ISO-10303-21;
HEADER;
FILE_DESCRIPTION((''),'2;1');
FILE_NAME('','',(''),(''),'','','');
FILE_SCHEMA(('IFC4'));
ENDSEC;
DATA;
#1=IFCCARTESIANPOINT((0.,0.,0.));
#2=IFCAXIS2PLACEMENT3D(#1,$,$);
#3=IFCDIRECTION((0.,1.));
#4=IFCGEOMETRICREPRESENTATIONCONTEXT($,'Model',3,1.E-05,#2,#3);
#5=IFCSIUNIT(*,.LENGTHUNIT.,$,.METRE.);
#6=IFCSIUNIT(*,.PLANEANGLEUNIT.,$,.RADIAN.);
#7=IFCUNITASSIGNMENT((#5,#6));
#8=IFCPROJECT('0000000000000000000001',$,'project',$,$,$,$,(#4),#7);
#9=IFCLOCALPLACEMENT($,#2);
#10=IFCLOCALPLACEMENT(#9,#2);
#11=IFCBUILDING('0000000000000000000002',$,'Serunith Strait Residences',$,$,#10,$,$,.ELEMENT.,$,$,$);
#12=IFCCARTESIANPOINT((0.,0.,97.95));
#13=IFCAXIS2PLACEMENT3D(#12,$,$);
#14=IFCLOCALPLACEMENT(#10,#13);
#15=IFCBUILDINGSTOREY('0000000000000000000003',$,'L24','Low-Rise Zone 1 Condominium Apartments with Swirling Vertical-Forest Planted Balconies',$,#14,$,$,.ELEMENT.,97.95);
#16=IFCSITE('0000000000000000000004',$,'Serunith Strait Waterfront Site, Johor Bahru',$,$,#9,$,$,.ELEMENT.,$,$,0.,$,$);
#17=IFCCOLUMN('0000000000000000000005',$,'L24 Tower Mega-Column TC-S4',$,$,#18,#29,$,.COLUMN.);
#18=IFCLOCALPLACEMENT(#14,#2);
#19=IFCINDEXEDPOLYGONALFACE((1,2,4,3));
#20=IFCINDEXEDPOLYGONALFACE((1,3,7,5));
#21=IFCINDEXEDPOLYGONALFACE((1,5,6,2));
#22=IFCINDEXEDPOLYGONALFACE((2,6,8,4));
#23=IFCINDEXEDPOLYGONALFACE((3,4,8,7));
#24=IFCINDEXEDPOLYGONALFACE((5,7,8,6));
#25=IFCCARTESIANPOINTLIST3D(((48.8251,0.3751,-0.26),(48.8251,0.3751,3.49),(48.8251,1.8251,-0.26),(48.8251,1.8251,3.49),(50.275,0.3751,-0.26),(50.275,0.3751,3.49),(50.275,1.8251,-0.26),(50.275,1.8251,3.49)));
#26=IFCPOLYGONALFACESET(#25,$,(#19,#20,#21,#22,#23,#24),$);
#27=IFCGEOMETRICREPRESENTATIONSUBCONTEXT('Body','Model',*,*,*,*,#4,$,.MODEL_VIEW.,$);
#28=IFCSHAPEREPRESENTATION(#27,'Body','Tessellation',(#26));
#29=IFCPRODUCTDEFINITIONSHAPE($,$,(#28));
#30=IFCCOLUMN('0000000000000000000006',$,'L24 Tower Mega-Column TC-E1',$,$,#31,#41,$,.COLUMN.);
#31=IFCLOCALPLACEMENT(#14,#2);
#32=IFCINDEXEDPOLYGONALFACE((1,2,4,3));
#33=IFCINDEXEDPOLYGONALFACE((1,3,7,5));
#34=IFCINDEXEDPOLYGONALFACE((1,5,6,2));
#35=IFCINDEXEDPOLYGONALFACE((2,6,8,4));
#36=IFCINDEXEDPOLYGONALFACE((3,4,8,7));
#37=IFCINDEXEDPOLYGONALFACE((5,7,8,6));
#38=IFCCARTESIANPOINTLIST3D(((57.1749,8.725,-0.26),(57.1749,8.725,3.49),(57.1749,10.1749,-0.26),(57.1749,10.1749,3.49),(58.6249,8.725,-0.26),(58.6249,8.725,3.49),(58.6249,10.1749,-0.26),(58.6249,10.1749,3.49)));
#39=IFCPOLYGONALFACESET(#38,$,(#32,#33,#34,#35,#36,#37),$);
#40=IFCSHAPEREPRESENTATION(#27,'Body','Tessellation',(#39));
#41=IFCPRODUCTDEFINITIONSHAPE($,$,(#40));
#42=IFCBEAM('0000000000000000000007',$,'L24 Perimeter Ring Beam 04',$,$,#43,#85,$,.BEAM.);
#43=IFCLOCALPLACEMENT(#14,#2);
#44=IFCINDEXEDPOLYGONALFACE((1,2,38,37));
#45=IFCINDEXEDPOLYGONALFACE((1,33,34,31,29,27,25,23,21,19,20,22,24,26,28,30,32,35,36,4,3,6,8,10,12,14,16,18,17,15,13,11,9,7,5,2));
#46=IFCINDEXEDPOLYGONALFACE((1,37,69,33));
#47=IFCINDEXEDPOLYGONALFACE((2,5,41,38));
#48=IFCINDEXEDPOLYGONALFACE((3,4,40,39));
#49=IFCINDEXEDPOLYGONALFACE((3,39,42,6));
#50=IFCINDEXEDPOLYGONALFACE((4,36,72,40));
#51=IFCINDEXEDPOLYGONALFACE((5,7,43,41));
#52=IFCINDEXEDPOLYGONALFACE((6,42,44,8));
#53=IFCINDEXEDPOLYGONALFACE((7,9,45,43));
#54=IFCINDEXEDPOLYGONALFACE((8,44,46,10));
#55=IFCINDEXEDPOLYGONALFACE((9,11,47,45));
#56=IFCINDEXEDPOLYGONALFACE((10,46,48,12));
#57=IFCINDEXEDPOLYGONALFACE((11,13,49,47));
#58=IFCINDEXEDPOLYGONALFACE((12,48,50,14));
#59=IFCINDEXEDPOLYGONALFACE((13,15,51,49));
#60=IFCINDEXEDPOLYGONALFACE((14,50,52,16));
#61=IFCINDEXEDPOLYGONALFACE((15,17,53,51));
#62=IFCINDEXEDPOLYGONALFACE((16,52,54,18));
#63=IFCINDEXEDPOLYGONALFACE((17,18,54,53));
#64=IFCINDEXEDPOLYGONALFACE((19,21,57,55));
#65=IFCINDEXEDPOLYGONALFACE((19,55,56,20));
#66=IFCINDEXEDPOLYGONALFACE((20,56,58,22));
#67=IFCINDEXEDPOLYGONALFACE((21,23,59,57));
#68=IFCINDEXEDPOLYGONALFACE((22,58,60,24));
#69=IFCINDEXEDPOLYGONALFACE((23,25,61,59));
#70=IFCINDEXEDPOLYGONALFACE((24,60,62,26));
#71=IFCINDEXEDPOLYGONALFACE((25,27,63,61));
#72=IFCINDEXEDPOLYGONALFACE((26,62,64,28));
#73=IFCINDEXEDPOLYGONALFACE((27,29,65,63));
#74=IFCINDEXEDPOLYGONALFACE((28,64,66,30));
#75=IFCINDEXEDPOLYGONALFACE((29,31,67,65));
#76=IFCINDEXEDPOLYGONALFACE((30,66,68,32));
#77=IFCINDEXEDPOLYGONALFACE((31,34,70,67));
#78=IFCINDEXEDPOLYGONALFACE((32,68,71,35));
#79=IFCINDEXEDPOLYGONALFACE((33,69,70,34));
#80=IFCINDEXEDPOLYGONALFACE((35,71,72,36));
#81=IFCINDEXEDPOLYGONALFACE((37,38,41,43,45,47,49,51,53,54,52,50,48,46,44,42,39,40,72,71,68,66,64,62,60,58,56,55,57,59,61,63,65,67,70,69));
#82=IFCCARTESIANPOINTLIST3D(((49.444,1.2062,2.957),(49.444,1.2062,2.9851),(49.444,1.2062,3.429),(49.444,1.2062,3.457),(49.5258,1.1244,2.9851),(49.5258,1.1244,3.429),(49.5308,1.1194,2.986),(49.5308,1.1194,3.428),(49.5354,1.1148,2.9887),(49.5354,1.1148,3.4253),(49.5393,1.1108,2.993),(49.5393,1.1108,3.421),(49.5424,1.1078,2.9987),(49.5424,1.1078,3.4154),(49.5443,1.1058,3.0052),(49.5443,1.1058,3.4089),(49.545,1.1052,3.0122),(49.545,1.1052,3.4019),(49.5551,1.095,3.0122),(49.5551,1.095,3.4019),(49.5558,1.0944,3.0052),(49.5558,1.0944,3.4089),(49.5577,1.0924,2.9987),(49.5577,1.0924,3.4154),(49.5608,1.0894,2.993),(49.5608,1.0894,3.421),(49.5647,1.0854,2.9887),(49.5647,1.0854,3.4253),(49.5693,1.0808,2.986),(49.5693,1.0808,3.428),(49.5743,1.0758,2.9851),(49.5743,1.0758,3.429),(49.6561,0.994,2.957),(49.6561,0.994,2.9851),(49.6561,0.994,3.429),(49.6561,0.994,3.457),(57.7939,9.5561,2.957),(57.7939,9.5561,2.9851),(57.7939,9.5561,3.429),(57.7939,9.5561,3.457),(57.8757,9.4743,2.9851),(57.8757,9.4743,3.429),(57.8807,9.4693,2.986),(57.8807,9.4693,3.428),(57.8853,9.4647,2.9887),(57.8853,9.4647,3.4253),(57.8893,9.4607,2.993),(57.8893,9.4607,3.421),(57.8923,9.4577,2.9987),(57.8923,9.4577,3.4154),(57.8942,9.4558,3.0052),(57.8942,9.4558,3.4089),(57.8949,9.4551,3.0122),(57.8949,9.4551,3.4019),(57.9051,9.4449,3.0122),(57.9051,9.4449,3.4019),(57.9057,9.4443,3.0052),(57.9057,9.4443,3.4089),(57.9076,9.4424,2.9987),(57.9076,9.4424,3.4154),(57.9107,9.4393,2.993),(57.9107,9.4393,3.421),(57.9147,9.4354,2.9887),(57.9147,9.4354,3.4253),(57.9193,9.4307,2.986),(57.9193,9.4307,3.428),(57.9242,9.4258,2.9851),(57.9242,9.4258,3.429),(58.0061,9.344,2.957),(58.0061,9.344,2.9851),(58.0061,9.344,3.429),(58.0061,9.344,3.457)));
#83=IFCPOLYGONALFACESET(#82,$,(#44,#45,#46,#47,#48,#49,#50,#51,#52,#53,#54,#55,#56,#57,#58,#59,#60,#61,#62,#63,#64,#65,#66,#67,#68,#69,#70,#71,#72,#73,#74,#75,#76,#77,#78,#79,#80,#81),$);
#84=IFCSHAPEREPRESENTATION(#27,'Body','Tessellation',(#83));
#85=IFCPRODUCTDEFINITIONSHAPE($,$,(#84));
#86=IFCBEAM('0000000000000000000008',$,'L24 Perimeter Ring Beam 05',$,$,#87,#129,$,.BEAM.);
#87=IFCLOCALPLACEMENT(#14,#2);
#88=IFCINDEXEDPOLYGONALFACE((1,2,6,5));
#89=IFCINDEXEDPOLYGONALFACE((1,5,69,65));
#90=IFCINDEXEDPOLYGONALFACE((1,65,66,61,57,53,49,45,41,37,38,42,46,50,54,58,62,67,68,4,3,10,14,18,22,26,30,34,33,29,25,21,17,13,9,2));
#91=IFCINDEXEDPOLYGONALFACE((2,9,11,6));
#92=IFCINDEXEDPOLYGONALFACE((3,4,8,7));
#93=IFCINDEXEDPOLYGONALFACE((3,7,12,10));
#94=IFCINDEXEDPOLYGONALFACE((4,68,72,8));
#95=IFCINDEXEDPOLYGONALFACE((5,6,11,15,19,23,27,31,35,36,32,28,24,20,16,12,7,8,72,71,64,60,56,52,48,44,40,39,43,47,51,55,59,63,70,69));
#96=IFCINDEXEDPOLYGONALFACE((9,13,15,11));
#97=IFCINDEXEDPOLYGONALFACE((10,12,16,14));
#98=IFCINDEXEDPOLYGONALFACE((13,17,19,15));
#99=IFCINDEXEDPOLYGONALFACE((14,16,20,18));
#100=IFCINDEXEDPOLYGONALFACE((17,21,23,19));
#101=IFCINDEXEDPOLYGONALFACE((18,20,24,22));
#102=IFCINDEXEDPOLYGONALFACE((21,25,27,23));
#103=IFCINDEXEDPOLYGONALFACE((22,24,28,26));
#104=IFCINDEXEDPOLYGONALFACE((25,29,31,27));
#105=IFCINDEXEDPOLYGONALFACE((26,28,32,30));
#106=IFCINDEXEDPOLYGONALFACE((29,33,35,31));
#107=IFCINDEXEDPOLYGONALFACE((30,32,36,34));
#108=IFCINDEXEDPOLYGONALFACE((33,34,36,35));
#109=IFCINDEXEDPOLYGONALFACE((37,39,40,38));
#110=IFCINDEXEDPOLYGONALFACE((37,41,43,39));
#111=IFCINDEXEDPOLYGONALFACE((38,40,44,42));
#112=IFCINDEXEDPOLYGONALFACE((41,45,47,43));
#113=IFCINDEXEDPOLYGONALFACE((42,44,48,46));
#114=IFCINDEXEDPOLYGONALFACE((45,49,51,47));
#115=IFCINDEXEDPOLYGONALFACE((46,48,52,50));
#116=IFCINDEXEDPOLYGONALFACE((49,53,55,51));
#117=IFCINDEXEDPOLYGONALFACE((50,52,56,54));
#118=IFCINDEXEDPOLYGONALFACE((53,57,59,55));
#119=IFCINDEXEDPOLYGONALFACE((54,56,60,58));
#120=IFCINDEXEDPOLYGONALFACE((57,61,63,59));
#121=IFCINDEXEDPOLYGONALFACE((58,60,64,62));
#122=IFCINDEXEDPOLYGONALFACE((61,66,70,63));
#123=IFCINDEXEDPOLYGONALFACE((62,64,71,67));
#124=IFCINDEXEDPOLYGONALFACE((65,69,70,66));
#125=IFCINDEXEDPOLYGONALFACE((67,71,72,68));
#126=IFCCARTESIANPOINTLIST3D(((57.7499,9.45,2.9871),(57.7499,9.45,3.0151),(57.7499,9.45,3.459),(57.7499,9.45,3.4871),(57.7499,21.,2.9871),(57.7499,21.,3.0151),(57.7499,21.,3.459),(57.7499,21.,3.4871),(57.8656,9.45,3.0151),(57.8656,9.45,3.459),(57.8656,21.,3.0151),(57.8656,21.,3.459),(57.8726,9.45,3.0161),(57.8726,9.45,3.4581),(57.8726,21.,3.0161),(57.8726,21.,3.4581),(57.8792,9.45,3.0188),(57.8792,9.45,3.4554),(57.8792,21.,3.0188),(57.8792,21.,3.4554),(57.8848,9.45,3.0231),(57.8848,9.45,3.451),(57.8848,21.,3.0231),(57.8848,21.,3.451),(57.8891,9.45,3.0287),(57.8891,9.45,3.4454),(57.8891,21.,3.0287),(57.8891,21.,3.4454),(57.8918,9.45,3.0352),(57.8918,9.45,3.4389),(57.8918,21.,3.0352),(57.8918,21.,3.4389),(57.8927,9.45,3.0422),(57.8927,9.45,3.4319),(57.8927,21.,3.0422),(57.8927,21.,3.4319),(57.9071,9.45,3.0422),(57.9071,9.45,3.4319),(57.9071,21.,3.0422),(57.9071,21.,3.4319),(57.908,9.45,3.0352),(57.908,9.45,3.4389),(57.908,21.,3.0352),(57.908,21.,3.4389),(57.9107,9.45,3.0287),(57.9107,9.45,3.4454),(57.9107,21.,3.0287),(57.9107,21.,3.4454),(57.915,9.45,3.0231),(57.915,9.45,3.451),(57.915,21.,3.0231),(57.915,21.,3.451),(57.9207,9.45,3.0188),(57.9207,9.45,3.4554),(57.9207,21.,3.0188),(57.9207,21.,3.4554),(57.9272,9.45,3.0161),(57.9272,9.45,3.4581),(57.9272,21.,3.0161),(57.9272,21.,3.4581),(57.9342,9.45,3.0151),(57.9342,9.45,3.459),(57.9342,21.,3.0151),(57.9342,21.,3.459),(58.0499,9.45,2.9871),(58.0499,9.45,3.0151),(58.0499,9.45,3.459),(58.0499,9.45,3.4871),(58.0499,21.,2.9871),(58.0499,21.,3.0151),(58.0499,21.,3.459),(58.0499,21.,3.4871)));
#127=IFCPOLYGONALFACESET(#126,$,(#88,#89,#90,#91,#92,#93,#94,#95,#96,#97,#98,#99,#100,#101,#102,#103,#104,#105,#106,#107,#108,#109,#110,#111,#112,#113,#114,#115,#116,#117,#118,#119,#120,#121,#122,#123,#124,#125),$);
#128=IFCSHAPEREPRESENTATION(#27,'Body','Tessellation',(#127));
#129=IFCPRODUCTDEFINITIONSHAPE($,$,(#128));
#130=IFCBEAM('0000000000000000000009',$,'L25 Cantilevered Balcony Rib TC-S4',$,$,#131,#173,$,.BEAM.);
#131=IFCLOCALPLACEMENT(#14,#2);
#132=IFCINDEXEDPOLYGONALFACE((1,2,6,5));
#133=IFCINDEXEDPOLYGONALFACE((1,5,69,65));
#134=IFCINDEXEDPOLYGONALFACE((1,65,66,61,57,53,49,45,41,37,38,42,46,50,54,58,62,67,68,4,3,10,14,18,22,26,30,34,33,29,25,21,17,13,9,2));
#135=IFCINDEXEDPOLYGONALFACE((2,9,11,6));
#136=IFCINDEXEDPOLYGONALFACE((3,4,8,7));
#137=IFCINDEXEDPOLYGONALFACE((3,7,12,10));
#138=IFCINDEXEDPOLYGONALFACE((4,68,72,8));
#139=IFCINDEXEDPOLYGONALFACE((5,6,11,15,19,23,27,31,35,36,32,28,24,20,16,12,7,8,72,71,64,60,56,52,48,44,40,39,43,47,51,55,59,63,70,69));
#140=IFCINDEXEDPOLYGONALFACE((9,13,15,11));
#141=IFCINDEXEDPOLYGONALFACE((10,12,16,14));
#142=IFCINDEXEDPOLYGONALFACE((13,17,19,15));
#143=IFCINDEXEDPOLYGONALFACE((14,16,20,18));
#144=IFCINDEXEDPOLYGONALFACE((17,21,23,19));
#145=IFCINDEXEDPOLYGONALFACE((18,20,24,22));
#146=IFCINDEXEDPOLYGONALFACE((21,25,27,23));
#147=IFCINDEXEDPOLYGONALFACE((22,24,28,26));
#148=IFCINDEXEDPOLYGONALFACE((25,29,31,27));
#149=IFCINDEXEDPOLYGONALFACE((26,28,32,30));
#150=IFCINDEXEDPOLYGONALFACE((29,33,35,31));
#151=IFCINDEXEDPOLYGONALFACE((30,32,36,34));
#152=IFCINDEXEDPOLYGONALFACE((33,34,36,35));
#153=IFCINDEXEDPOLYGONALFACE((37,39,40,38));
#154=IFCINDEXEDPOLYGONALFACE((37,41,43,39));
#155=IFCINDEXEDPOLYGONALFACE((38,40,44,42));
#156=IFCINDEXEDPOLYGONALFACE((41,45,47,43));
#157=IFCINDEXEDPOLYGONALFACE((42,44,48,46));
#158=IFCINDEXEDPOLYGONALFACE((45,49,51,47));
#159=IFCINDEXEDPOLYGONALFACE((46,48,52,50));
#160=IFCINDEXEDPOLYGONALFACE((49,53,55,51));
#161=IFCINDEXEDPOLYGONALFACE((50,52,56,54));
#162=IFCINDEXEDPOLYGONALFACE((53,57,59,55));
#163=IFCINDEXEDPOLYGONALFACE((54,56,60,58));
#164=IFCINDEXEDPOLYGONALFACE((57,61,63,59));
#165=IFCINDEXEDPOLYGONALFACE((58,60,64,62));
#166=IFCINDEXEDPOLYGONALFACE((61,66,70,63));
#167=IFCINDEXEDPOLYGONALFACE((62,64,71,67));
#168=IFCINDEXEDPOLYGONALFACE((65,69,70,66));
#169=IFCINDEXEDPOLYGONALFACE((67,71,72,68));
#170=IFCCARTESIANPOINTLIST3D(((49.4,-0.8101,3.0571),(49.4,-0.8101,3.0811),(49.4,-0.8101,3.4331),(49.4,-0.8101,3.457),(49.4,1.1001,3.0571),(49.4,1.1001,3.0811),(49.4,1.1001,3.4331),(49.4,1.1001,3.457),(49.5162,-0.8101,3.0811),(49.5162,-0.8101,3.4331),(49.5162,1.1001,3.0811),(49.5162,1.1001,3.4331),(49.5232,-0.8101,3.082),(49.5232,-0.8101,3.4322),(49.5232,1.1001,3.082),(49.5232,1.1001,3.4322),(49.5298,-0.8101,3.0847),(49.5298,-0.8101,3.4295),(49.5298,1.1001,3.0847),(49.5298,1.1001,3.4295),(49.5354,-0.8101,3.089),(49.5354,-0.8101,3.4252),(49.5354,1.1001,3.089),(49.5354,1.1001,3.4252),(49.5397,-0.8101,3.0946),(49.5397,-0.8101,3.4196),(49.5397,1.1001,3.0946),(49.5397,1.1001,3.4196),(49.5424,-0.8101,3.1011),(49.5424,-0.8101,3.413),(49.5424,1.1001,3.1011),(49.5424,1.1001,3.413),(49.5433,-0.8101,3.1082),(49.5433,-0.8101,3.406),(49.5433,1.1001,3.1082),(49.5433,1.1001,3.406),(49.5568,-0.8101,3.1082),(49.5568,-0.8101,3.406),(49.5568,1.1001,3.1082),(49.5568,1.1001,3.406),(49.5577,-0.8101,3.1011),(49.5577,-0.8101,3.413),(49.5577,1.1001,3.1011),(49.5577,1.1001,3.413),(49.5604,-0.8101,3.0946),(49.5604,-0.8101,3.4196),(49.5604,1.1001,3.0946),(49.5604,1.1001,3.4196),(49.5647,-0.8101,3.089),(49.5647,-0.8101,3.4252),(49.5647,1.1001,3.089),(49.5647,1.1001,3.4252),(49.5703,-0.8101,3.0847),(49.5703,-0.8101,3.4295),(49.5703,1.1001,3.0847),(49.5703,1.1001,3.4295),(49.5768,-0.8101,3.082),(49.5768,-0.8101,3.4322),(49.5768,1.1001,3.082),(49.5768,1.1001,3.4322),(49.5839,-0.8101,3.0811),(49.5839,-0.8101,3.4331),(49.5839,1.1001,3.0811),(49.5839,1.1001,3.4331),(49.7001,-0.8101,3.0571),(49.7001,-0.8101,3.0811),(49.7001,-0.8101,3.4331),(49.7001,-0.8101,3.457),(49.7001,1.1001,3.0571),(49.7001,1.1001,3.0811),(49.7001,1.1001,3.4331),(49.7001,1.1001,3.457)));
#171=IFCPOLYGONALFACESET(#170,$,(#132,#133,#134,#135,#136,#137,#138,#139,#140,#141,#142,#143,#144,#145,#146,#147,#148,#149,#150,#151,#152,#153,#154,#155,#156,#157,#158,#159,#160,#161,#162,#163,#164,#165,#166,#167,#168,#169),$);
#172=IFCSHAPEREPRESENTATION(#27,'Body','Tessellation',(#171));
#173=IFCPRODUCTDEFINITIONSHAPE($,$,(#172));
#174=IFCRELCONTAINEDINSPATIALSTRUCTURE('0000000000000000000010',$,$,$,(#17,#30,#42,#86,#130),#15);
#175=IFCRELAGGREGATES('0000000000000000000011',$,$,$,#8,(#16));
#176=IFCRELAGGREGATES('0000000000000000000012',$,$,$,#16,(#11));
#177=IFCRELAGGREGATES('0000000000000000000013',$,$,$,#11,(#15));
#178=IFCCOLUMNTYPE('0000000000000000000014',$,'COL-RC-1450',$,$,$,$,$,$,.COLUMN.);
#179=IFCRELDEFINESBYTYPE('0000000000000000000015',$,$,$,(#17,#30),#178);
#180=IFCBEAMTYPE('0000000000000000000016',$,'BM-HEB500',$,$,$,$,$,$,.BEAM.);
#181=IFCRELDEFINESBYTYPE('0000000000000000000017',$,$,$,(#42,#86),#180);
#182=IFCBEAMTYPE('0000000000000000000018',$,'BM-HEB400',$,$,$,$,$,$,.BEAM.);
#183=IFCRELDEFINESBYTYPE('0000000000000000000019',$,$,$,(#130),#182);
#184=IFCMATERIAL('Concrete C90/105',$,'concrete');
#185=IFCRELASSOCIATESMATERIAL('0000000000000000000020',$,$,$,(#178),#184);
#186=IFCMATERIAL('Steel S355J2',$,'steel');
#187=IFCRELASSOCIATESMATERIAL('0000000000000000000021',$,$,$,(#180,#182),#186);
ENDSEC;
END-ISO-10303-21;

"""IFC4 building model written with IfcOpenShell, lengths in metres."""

from ifc_helpers import new_model, si_unit, direction, frame, origin, origin_2d, place, context, subcontext, project, spatial, rectangle, i_section, extrude, source, transform, mapped, material, material_profile, profile_set, type_object, element, save


model = new_model("IFC4")

# Units and contexts
model_context = context("Model", 3, precision=1e-05, world=origin(), true_north=direction((0.0, 1.0)))
body_context = subcontext(model_context, "Body", "Model", "MODEL_VIEW")
ifc_project = project(units=[si_unit("LENGTHUNIT", "METRE"), si_unit("PLANEANGLEUNIT", "RADIAN")], contexts=[model_context])

# Site, building, storey
site_placement = place(None, origin())
site = spatial("IfcSite", under=ifc_project, at=site_placement, Name="Serunith Strait Waterfront Site, Johor Bahru", CompositionType="ELEMENT", RefElevation=0.0)
building_placement = place(site_placement, origin())
building = spatial("IfcBuilding", under=site, at=building_placement, Name="Serunith Strait Residences", CompositionType="ELEMENT")
storey_placement = place(building_placement, frame((0.0, 0.0, 97.95)))
storey = spatial("IfcBuildingStorey", under=building, at=storey_placement, Name="L24", Description="Low-Rise Zone 1 Condominium Apartments with Swirling Vertical-Forest Planted Balconies", CompositionType="ELEMENT", Elevation=97.95)

# Columns
ifc_material_1 = material(Name="Concrete C90/105", Category="concrete")
ifc_material_profile_1 = material_profile(ifc_material_1, rectangle(XDim=1.45, YDim=1.45, at=origin_2d()), Name="RC 1450x1450")
ifc_profile_set_1 = profile_set([ifc_material_profile_1], Name="Concrete C90/105")
column_type = type_object("IfcColumnType", Name="COL-RC-1450", PredefinedType="COLUMN", material=ifc_profile_set_1)
shared_shape_1 = source(origin(), body_context, "Body", "SweptSolid", [
    extrude(rectangle(XDim=1.45, YDim=1.45, at=origin_2d()), origin(), (0.0, 0.0, 1.0), 3.75),
])
for number, where, z_axis, x_axis, name in (
    (1, (49.55, 1.1001, -0.26), (0.0, 0.0, 1.0), (1.0, 0.0, 0.0), "L24 Tower Mega-Column TC-S4"),
    (2, (57.8999, 9.45, -0.26), (0.0, 0.0, 1.0), (1.0, 0.0, 0.0), "L24 Tower Mega-Column TC-E1"),
):
    element("IfcColumn", number, at=place(storey_placement, frame(where, z_axis=z_axis, x_axis=x_axis)), inside=storey, type_object=column_type, Name=name, PredefinedType="COLUMN", context=body_context, shape_type="MappedRepresentation", body=[
        mapped(shared_shape_1, transform((0.0, 0.0, 0.0), scale=1.0)),
    ])

# Beams
ifc_material_2 = material(Name="Steel S355J2", Category="steel")
ifc_material_profile_2 = material_profile(ifc_material_2, i_section(OverallWidth=0.3, OverallDepth=0.5, WebThickness=0.0144, FlangeThickness=0.0281, FilletRadius=0.0271, at=origin_2d()), Name="HEB 500")
ifc_profile_set_2 = profile_set([ifc_material_profile_2], Name="Steel S355J2")
beam_type_1 = type_object("IfcBeamType", Name="BM-HEB500", PredefinedType="BEAM", material=ifc_profile_set_2)
shared_shape_2 = source(origin(), body_context, "Body", "SweptSolid", [
    extrude(i_section(OverallWidth=0.3, OverallDepth=0.5, WebThickness=0.0144, FlangeThickness=0.0281, FilletRadius=0.0271, at=origin_2d()), origin(), (0.0, 0.0, 1.0), 11.8086),
])
beam_1_placement = place(storey_placement, frame((49.55, 1.1001, 3.207), z_axis=(0.707107, 0.707107, 0.0), x_axis=(-0.707107, 0.707107, 0.0)))
element("IfcBeam", 3, at=beam_1_placement, inside=storey, type_object=beam_type_1, Name="L24 Perimeter Ring Beam 04", PredefinedType="BEAM", context=body_context, shape_type="MappedRepresentation", body=[
    mapped(shared_shape_2, transform((0.0, 0.0, 0.0), scale=1.0)),
])
shared_shape_3 = source(origin(), body_context, "Body", "SweptSolid", [
    extrude(i_section(OverallWidth=0.3, OverallDepth=0.5, WebThickness=0.0144, FlangeThickness=0.0281, FilletRadius=0.0271, at=origin_2d()), origin(), (0.0, 0.0, 1.0), 11.55),
])
beam_2_placement = place(storey_placement, frame((57.8999, 9.45, 3.2371), z_axis=(0.0, 1.0, 0.0), x_axis=(-1.0, 0.0, 0.0)))
element("IfcBeam", 4, at=beam_2_placement, inside=storey, type_object=beam_type_1, Name="L24 Perimeter Ring Beam 05", PredefinedType="BEAM", context=body_context, shape_type="MappedRepresentation", body=[
    mapped(shared_shape_3, transform((0.0, 0.0, 0.0), scale=1.0)),
])
ifc_material_profile_3 = material_profile(ifc_material_2, i_section(OverallWidth=0.3, OverallDepth=0.3999, WebThickness=0.0134, FlangeThickness=0.0239, FilletRadius=0.0271, at=origin_2d()), Name="HEB 400")
ifc_profile_set_3 = profile_set([ifc_material_profile_3], Name="Steel S355J2")
beam_type_2 = type_object("IfcBeamType", Name="BM-HEB400", PredefinedType="BEAM", material=ifc_profile_set_3)
shared_shape_4 = source(origin(), body_context, "Body", "SweptSolid", [
    extrude(i_section(OverallWidth=0.3, OverallDepth=0.3999, WebThickness=0.0134, FlangeThickness=0.0239, FilletRadius=0.0271, at=origin_2d()), origin(), (0.0, 0.0, 1.0), 1.9102),
])
beam_3_placement = place(storey_placement, frame((49.55, 1.1001, 3.2571), z_axis=(0.0, -1.0, 0.0), x_axis=(1.0, 0.0, 0.0)))
element("IfcBeam", 5, at=beam_3_placement, inside=storey, type_object=beam_type_2, Name="L25 Cantilevered Balcony Rib TC-S4", PredefinedType="BEAM", context=body_context, shape_type="MappedRepresentation", body=[
    mapped(shared_shape_4, transform((0.0, 0.0, 0.0), scale=1.0)),
])

save(model, "model.ifc")
